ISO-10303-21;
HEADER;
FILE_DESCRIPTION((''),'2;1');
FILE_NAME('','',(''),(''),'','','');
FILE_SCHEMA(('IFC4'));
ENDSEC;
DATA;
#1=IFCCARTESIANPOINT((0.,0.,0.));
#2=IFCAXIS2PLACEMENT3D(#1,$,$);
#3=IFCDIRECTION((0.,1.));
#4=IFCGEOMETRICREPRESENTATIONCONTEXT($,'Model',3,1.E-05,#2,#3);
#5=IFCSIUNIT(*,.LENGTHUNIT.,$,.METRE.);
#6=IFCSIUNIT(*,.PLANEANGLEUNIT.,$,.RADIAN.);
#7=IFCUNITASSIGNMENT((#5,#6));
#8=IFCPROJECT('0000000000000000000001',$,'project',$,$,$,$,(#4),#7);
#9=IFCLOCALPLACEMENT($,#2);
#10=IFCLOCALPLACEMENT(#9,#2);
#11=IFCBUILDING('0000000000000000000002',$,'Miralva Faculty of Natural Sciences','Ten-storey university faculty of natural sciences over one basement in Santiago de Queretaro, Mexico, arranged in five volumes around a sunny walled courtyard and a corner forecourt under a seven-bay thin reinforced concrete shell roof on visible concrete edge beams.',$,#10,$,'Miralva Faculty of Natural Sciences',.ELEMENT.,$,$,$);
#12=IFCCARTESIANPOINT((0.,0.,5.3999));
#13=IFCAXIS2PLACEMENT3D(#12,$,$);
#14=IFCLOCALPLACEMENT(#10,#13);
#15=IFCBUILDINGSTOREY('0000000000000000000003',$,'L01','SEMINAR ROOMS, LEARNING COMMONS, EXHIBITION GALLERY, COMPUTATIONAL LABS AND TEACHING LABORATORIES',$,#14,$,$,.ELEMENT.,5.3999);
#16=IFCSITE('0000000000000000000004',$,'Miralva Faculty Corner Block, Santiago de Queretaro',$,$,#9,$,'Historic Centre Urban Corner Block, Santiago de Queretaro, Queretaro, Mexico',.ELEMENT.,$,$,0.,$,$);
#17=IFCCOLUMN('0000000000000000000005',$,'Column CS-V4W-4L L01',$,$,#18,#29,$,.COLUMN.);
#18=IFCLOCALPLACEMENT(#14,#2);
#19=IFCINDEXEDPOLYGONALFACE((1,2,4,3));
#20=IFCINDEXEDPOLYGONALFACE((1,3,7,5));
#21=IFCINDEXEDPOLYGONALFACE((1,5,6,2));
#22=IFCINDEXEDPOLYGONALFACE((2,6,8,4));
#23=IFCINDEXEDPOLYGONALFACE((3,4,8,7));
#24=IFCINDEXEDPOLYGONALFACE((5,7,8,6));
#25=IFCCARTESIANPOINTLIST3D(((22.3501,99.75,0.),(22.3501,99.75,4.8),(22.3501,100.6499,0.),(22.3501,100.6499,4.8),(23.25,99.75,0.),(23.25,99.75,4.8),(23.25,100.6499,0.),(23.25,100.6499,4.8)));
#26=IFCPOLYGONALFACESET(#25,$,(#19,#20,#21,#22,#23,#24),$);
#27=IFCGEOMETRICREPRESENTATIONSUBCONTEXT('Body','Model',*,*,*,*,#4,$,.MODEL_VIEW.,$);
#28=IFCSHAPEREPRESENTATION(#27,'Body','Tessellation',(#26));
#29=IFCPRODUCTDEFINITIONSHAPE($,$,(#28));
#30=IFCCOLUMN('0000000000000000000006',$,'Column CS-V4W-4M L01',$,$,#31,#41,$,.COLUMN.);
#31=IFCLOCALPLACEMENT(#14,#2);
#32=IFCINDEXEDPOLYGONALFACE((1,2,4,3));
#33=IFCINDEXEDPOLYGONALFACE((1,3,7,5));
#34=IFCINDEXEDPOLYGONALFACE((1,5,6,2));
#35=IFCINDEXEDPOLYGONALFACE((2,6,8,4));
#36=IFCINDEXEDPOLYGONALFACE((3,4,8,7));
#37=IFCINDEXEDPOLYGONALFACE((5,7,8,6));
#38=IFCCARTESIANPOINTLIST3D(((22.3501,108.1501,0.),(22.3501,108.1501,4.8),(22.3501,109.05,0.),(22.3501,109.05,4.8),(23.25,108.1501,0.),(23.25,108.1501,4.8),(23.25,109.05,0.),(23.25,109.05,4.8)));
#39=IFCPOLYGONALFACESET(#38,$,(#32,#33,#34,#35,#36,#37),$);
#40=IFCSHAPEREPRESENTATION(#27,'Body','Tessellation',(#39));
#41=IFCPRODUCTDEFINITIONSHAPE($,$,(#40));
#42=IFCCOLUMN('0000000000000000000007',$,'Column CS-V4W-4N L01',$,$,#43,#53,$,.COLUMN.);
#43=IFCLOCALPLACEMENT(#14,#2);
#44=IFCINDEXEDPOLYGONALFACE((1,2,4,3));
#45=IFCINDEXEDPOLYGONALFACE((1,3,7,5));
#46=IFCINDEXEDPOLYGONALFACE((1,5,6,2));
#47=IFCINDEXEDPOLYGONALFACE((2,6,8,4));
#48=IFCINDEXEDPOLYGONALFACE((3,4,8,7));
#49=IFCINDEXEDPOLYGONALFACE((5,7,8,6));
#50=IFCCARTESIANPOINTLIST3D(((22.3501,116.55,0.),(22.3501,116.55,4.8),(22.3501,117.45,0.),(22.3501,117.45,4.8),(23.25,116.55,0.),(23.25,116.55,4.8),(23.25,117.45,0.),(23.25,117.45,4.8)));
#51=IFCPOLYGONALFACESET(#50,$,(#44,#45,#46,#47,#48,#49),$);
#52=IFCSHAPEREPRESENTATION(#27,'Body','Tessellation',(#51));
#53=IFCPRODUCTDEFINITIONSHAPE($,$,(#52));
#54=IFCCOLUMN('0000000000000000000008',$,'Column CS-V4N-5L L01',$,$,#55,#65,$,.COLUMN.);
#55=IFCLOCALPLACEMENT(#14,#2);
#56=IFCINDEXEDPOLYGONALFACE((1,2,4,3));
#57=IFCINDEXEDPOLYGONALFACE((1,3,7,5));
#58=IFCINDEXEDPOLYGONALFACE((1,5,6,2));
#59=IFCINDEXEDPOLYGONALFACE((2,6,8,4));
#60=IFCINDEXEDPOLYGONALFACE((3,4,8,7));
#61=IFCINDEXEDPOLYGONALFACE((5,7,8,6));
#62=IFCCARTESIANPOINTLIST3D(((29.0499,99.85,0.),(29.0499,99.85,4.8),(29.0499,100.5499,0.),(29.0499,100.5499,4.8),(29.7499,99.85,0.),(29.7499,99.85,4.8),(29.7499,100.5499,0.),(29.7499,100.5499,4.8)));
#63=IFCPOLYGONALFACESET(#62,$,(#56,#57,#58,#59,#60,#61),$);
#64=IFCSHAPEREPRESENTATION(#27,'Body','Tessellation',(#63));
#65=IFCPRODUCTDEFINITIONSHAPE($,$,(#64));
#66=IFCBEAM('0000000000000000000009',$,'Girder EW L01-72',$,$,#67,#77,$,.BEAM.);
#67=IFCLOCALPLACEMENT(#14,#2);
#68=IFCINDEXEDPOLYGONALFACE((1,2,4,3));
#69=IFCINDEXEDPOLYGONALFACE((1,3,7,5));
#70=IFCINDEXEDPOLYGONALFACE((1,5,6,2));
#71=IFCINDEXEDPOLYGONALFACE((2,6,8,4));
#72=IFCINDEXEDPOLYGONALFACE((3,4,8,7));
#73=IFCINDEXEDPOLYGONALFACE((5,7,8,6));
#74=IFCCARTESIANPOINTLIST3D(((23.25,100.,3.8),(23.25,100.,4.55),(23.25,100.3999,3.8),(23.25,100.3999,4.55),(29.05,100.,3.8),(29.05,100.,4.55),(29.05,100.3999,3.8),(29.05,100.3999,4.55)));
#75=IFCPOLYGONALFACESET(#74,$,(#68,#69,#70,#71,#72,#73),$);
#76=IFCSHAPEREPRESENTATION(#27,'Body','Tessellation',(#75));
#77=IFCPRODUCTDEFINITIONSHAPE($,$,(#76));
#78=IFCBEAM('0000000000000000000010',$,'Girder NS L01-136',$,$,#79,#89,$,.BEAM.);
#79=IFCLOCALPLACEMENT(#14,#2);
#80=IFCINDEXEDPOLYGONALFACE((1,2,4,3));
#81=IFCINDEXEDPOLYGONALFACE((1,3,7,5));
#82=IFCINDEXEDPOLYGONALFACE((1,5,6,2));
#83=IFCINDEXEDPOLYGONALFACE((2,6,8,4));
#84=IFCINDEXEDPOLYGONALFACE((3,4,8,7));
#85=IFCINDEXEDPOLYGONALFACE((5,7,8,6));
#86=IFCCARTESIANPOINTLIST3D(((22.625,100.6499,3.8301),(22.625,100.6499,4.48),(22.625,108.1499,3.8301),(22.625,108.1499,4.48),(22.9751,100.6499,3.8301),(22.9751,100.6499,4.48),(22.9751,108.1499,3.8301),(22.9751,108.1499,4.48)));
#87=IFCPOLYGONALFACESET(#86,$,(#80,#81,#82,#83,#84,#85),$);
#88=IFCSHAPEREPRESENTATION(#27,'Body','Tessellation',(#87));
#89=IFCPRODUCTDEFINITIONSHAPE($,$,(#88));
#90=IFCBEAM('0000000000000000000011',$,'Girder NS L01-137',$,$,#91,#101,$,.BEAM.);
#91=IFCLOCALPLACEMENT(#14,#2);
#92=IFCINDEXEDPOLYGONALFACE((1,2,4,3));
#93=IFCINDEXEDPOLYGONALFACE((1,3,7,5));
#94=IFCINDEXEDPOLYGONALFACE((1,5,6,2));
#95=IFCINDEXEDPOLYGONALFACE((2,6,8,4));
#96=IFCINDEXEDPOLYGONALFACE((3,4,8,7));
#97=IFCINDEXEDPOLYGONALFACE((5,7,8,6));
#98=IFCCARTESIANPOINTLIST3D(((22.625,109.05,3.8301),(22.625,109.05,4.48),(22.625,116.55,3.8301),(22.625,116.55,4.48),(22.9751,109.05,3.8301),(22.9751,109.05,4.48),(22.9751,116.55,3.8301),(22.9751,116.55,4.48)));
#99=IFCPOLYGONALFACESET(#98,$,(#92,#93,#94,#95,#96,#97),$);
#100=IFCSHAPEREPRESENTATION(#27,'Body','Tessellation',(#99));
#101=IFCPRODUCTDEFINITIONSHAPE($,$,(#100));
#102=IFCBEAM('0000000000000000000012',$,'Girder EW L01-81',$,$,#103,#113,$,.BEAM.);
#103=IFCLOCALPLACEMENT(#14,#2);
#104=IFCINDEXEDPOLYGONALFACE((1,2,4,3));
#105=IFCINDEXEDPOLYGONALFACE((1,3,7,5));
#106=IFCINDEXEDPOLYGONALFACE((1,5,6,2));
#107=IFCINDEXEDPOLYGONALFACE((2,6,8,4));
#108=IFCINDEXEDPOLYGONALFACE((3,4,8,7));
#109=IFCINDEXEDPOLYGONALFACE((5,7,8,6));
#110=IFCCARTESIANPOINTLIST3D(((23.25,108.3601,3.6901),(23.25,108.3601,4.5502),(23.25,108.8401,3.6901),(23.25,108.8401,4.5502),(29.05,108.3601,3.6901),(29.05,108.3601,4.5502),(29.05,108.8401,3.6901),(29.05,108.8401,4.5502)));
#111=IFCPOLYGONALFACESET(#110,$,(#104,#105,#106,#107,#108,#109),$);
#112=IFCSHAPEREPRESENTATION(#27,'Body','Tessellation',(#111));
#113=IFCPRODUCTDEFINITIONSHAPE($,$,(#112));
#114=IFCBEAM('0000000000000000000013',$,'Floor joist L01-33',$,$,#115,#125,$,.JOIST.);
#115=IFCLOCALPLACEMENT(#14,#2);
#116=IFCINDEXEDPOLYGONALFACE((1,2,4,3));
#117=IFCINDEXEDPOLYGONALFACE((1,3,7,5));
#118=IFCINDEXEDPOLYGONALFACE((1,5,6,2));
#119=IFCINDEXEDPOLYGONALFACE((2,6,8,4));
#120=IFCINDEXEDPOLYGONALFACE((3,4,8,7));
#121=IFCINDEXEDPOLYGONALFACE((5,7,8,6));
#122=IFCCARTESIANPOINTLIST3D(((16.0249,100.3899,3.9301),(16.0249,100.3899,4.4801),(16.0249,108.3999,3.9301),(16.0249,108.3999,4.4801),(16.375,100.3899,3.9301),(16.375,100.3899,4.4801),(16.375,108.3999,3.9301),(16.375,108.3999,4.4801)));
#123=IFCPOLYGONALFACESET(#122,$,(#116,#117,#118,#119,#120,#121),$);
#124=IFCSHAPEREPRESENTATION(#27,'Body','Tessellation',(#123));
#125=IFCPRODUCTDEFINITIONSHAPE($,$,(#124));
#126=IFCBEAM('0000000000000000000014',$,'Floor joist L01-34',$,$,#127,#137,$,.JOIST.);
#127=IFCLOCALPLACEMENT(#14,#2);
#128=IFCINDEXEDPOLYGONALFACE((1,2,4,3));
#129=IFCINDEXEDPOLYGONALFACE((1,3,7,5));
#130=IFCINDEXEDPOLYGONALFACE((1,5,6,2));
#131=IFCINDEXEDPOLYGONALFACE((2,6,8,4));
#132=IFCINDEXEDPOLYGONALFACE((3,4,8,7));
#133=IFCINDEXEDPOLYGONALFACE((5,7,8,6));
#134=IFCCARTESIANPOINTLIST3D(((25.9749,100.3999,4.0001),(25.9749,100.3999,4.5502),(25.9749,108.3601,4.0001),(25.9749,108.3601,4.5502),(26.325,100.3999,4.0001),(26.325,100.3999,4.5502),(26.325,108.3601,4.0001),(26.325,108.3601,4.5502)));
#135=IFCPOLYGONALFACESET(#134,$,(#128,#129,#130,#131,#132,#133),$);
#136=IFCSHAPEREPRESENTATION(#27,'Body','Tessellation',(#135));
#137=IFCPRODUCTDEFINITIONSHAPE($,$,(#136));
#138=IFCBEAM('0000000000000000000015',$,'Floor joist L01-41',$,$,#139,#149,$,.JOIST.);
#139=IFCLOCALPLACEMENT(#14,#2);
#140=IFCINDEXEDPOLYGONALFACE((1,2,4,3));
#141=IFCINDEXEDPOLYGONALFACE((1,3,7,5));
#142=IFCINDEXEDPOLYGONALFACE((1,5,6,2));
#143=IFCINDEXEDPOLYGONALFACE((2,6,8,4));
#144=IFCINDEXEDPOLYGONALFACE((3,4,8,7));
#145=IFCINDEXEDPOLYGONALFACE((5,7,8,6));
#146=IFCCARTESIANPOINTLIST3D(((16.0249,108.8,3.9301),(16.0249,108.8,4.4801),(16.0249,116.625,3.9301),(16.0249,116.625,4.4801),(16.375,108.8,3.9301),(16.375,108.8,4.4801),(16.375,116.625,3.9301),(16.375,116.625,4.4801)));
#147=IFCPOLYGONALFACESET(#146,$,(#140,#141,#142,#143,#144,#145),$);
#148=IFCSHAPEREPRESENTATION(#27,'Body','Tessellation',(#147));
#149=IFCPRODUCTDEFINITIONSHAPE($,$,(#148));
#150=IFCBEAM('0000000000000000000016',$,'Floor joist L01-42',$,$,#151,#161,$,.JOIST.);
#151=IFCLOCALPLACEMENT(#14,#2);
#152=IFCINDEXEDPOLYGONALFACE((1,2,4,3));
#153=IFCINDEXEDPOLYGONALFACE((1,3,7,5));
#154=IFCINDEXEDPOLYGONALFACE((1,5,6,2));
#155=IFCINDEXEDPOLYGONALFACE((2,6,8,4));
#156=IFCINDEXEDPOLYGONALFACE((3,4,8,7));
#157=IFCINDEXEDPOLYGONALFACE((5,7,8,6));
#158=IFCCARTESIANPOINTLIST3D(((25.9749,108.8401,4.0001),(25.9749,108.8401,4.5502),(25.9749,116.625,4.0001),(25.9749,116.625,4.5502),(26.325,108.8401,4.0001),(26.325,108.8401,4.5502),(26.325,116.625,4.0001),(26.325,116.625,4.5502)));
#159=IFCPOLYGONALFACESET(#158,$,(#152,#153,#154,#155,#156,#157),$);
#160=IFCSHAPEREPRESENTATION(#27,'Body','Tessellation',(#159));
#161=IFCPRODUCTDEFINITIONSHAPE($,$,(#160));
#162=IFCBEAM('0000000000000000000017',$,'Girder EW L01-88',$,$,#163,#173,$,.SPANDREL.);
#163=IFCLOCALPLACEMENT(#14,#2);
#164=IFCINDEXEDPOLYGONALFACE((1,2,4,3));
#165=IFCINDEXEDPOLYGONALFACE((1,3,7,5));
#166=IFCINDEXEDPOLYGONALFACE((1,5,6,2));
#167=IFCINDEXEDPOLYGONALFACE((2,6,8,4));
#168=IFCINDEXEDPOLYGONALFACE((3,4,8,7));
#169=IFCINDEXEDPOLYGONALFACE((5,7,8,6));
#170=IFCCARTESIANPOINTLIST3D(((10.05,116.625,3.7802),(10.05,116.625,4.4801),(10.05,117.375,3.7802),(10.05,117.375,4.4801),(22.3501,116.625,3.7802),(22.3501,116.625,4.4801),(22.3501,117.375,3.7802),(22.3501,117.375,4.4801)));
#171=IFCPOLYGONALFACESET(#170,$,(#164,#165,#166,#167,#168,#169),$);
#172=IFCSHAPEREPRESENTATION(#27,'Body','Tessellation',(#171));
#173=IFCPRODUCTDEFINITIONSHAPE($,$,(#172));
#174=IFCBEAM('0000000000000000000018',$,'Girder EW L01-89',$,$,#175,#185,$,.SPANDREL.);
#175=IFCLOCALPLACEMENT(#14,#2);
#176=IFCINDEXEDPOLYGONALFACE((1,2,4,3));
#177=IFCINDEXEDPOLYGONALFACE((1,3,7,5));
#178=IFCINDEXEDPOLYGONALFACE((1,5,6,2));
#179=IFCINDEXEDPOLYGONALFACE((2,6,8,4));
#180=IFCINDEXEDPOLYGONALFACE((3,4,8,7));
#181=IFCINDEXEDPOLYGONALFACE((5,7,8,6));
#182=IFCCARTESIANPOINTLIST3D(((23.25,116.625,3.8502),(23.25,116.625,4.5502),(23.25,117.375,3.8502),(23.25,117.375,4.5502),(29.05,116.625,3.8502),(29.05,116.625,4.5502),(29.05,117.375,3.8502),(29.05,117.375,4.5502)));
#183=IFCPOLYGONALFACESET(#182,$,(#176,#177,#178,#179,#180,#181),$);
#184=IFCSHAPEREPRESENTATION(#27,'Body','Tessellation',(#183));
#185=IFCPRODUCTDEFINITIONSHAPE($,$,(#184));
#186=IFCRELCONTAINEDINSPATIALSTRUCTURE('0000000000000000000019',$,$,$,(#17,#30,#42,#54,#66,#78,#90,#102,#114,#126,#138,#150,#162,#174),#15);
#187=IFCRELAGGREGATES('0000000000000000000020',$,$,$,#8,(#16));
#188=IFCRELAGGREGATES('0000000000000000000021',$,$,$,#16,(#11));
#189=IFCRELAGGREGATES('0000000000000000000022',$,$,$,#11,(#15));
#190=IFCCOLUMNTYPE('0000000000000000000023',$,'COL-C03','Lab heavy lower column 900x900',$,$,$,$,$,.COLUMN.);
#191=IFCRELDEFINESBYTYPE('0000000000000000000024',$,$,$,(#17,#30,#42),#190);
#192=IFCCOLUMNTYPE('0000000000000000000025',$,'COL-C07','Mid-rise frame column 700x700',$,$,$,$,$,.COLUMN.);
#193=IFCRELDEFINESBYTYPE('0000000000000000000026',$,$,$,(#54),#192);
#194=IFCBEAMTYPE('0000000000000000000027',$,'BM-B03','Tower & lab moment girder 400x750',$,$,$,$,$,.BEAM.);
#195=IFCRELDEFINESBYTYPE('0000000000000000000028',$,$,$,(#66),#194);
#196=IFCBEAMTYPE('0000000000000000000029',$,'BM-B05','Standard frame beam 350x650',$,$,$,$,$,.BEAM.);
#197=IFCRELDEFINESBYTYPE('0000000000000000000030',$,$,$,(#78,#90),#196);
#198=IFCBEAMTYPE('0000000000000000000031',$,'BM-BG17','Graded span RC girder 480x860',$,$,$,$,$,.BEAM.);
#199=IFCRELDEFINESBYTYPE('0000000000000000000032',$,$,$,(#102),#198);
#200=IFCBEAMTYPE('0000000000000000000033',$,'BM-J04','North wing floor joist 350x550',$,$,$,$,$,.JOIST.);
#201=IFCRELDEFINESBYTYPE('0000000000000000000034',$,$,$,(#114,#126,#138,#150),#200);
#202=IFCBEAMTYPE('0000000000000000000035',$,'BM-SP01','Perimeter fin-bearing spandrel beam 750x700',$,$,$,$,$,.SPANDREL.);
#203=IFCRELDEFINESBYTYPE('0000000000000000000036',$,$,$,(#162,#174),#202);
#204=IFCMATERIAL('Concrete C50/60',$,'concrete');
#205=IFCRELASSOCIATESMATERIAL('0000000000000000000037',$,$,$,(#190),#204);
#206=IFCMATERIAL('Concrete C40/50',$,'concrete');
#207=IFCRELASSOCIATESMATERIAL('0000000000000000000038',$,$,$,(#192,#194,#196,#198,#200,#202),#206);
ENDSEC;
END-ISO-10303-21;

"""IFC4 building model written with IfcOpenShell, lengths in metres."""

from ifc_helpers import new_model, si_unit, direction, frame, origin, origin_2d, place, context, subcontext, project, spatial, rectangle, extrude, material, material_profile, profile_set, type_object, element, save


model = new_model("IFC4")

# Units and contexts
model_context = context("Model", 3, precision=1e-05, world=origin(), true_north=direction((0.0, 1.0)))
body_context = subcontext(model_context, "Body", "Model", "MODEL_VIEW")
ifc_project = project(units=[si_unit("LENGTHUNIT", "METRE"), si_unit("PLANEANGLEUNIT", "RADIAN")], contexts=[model_context])

# Site, building, storey
site_placement = place(None, origin())
site = spatial("IfcSite", under=ifc_project, at=site_placement, Name="Miralva Faculty Corner Block, Santiago de Queretaro", LongName="Historic Centre Urban Corner Block, Santiago de Queretaro, Queretaro, Mexico", CompositionType="ELEMENT", RefElevation=0.0)
building_placement = place(site_placement, origin())
building = spatial("IfcBuilding", under=site, at=building_placement, Name="Miralva Faculty of Natural Sciences", Description="Ten-storey university faculty of natural sciences over one basement in Santiago de Queretaro, Mexico, arranged in five volumes around a sunny walled courtyard and a corner forecourt under a seven-bay thin reinforced concrete shell roof on visible concrete edge beams.", LongName="Miralva Faculty of Natural Sciences", CompositionType="ELEMENT")
storey_placement = place(building_placement, frame((0.0, 0.0, 5.3999)))
storey = spatial("IfcBuildingStorey", under=building, at=storey_placement, Name="L01", Description="SEMINAR ROOMS, LEARNING COMMONS, EXHIBITION GALLERY, COMPUTATIONAL LABS AND TEACHING LABORATORIES", CompositionType="ELEMENT", Elevation=5.3999)

# Columns
ifc_material_1 = material(Name="Concrete C50/60", Category="concrete")
ifc_material_profile_1 = material_profile(ifc_material_1, rectangle(XDim=0.8999, YDim=0.8999, at=origin_2d()), Name="RC 900x900")
ifc_profile_set_1 = profile_set([ifc_material_profile_1], Name="Concrete C50/60")
column_type_1 = type_object("IfcColumnType", Name="COL-C03", Description="Lab heavy lower column 900x900", PredefinedType="COLUMN", material=ifc_profile_set_1)
for number, where, z_axis, x_axis, name in (
    (1, (22.8, 100.2, 0.0), (0.0, 0.0, 1.0), (1.0, 0.0, 0.0), "Column CS-V4W-4L L01"),
    (2, (22.8, 108.6001, 0.0), (0.0, 0.0, 1.0), (1.0, 0.0, 0.0), "Column CS-V4W-4M L01"),
    (3, (22.8, 117.0, 0.0), (0.0, 0.0, 1.0), (1.0, 0.0, 0.0), "Column CS-V4W-4N L01"),
):
    element("IfcColumn", number, at=place(storey_placement, frame(where, z_axis=z_axis, x_axis=x_axis)), inside=storey, type_object=column_type_1, Name=name, PredefinedType="COLUMN", context=body_context, shape_type="SweptSolid", body=[
        extrude(rectangle(XDim=0.8999, YDim=0.8999, at=origin_2d()), origin(), (0.0, 0.0, 1.0), 4.8),
    ])
ifc_material_2 = material(Name="Concrete C40/50", Category="concrete")
ifc_material_profile_2 = material_profile(ifc_material_2, rectangle(XDim=0.7, YDim=0.7, at=origin_2d()), Name="RC 700x700")
ifc_profile_set_2 = profile_set([ifc_material_profile_2], Name="Concrete C40/50")
column_type_2 = type_object("IfcColumnType", Name="COL-C07", Description="Mid-rise frame column 700x700", PredefinedType="COLUMN", material=ifc_profile_set_2)
column_placement = place(storey_placement, frame((29.3999, 100.2, 0.0), z_axis=(0.0, 0.0, 1.0), x_axis=(1.0, 0.0, 0.0)))
element("IfcColumn", 4, at=column_placement, inside=storey, type_object=column_type_2, Name="Column CS-V4N-5L L01", PredefinedType="COLUMN", context=body_context, shape_type="SweptSolid", body=[
    extrude(rectangle(XDim=0.7, YDim=0.7, at=origin_2d()), origin(), (0.0, 0.0, 1.0), 4.8),
])

# Beams
ifc_material_profile_3 = material_profile(ifc_material_2, rectangle(XDim=0.3999, YDim=0.75, at=origin_2d()), Name="RC 400x750")
ifc_profile_set_3 = profile_set([ifc_material_profile_3], Name="Concrete C40/50")
beam_type_1 = type_object("IfcBeamType", Name="BM-B03", Description="Tower & lab moment girder 400x750", PredefinedType="BEAM", material=ifc_profile_set_3)
beam_1_placement = place(storey_placement, frame((23.25, 100.2, 4.175), z_axis=(1.0, 0.0, 0.0), x_axis=(0.0, 1.0, 0.0)))
element("IfcBeam", 5, at=beam_1_placement, inside=storey, type_object=beam_type_1, Name="Girder EW L01-72", PredefinedType="BEAM", context=body_context, shape_type="SweptSolid", body=[
    extrude(rectangle(XDim=0.3999, YDim=0.75, at=origin_2d()), origin(), (0.0, 0.0, 1.0), 5.8),
])
ifc_material_profile_4 = material_profile(ifc_material_2, rectangle(XDim=0.3501, YDim=0.6499, at=origin_2d()), Name="RC 350x650")
ifc_profile_set_4 = profile_set([ifc_material_profile_4], Name="Concrete C40/50")
beam_type_2 = type_object("IfcBeamType", Name="BM-B05", Description="Standard frame beam 350x650", PredefinedType="BEAM", material=ifc_profile_set_4)
for number, where, z_axis, x_axis, name in (
    (6, (22.8, 100.6499, 4.155), (0.0, 1.0, 0.0), (-1.0, 0.0, 0.0), "Girder NS L01-136"),
    (7, (22.8, 109.05, 4.155), (0.0, 1.0, 0.0), (-1.0, 0.0, 0.0), "Girder NS L01-137"),
):
    element("IfcBeam", number, at=place(storey_placement, frame(where, z_axis=z_axis, x_axis=x_axis)), inside=storey, type_object=beam_type_2, Name=name, PredefinedType="BEAM", context=body_context, shape_type="SweptSolid", body=[
        extrude(rectangle(XDim=0.3501, YDim=0.6499, at=origin_2d()), origin(), (0.0, 0.0, 1.0), 7.5),
    ])
ifc_material_profile_5 = material_profile(ifc_material_2, rectangle(XDim=0.48, YDim=0.8601, at=origin_2d()), Name="RC 480x860")
ifc_profile_set_5 = profile_set([ifc_material_profile_5], Name="Concrete C40/50")
beam_type_3 = type_object("IfcBeamType", Name="BM-BG17", Description="Graded span RC girder 480x860", PredefinedType="BEAM", material=ifc_profile_set_5)
beam_2_placement = place(storey_placement, frame((23.25, 108.6001, 4.1201), z_axis=(1.0, 0.0, 0.0), x_axis=(0.0, 1.0, 0.0)))
element("IfcBeam", 8, at=beam_2_placement, inside=storey, type_object=beam_type_3, Name="Girder EW L01-81", PredefinedType="BEAM", context=body_context, shape_type="SweptSolid", body=[
    extrude(rectangle(XDim=0.48, YDim=0.8601, at=origin_2d()), origin(), (0.0, 0.0, 1.0), 5.8),
])
ifc_material_profile_6 = material_profile(ifc_material_2, rectangle(XDim=0.3501, YDim=0.55, at=origin_2d()), Name="RC 350x550")
ifc_profile_set_6 = profile_set([ifc_material_profile_6], Name="Concrete C40/50")
beam_type_4 = type_object("IfcBeamType", Name="BM-J04", Description="North wing floor joist 350x550", PredefinedType="JOIST", material=ifc_profile_set_6)
beam_3_placement = place(storey_placement, frame((16.2, 100.3899, 4.2051), z_axis=(0.0, 1.0, 0.0), x_axis=(-1.0, 0.0, 0.0)))
element("IfcBeam", 9, at=beam_3_placement, inside=storey, type_object=beam_type_4, Name="Floor joist L01-33", PredefinedType="JOIST", context=body_context, shape_type="SweptSolid", body=[
    extrude(rectangle(XDim=0.3501, YDim=0.55, at=origin_2d()), origin(), (0.0, 0.0, 1.0), 8.01),
])
beam_4_placement = place(storey_placement, frame((26.1499, 100.3999, 4.2751), z_axis=(0.0, 1.0, 0.0), x_axis=(-1.0, 0.0, 0.0)))
element("IfcBeam", 10, at=beam_4_placement, inside=storey, type_object=beam_type_4, Name="Floor joist L01-34", PredefinedType="JOIST", context=body_context, shape_type="SweptSolid", body=[
    extrude(rectangle(XDim=0.3501, YDim=0.55, at=origin_2d()), origin(), (0.0, 0.0, 1.0), 7.9602),
])
beam_5_placement = place(storey_placement, frame((16.2, 108.8, 4.2051), z_axis=(0.0, 1.0, 0.0), x_axis=(-1.0, 0.0, 0.0)))
element("IfcBeam", 11, at=beam_5_placement, inside=storey, type_object=beam_type_4, Name="Floor joist L01-41", PredefinedType="JOIST", context=body_context, shape_type="SweptSolid", body=[
    extrude(rectangle(XDim=0.3501, YDim=0.55, at=origin_2d()), origin(), (0.0, 0.0, 1.0), 7.825),
])
beam_6_placement = place(storey_placement, frame((26.1499, 108.8401, 4.2751), z_axis=(0.0, 1.0, 0.0), x_axis=(-1.0, 0.0, 0.0)))
element("IfcBeam", 12, at=beam_6_placement, inside=storey, type_object=beam_type_4, Name="Floor joist L01-42", PredefinedType="JOIST", context=body_context, shape_type="SweptSolid", body=[
    extrude(rectangle(XDim=0.3501, YDim=0.55, at=origin_2d()), origin(), (0.0, 0.0, 1.0), 7.7849),
])
ifc_material_profile_7 = material_profile(ifc_material_2, rectangle(XDim=0.75, YDim=0.7, at=origin_2d()), Name="RC 750x700")
ifc_profile_set_7 = profile_set([ifc_material_profile_7], Name="Concrete C40/50")
beam_type_5 = type_object("IfcBeamType", Name="BM-SP01", Description="Perimeter fin-bearing spandrel beam 750x700", PredefinedType="SPANDREL", material=ifc_profile_set_7)
beam_7_placement = place(storey_placement, frame((10.05, 117.0, 4.1301), z_axis=(1.0, 0.0, 0.0), x_axis=(0.0, 1.0, 0.0)))
element("IfcBeam", 13, at=beam_7_placement, inside=storey, type_object=beam_type_5, Name="Girder EW L01-88", PredefinedType="SPANDREL", context=body_context, shape_type="SweptSolid", body=[
    extrude(rectangle(XDim=0.75, YDim=0.7, at=origin_2d()), origin(), (0.0, 0.0, 1.0), 12.3),
])
beam_8_placement = place(storey_placement, frame((23.25, 117.0, 4.2002), z_axis=(1.0, 0.0, 0.0), x_axis=(0.0, 1.0, 0.0)))
element("IfcBeam", 14, at=beam_8_placement, inside=storey, type_object=beam_type_5, Name="Girder EW L01-89", PredefinedType="SPANDREL", context=body_context, shape_type="SweptSolid", body=[
    extrude(rectangle(XDim=0.75, YDim=0.7, at=origin_2d()), origin(), (0.0, 0.0, 1.0), 5.8),
])

save(model, "model.ifc")
